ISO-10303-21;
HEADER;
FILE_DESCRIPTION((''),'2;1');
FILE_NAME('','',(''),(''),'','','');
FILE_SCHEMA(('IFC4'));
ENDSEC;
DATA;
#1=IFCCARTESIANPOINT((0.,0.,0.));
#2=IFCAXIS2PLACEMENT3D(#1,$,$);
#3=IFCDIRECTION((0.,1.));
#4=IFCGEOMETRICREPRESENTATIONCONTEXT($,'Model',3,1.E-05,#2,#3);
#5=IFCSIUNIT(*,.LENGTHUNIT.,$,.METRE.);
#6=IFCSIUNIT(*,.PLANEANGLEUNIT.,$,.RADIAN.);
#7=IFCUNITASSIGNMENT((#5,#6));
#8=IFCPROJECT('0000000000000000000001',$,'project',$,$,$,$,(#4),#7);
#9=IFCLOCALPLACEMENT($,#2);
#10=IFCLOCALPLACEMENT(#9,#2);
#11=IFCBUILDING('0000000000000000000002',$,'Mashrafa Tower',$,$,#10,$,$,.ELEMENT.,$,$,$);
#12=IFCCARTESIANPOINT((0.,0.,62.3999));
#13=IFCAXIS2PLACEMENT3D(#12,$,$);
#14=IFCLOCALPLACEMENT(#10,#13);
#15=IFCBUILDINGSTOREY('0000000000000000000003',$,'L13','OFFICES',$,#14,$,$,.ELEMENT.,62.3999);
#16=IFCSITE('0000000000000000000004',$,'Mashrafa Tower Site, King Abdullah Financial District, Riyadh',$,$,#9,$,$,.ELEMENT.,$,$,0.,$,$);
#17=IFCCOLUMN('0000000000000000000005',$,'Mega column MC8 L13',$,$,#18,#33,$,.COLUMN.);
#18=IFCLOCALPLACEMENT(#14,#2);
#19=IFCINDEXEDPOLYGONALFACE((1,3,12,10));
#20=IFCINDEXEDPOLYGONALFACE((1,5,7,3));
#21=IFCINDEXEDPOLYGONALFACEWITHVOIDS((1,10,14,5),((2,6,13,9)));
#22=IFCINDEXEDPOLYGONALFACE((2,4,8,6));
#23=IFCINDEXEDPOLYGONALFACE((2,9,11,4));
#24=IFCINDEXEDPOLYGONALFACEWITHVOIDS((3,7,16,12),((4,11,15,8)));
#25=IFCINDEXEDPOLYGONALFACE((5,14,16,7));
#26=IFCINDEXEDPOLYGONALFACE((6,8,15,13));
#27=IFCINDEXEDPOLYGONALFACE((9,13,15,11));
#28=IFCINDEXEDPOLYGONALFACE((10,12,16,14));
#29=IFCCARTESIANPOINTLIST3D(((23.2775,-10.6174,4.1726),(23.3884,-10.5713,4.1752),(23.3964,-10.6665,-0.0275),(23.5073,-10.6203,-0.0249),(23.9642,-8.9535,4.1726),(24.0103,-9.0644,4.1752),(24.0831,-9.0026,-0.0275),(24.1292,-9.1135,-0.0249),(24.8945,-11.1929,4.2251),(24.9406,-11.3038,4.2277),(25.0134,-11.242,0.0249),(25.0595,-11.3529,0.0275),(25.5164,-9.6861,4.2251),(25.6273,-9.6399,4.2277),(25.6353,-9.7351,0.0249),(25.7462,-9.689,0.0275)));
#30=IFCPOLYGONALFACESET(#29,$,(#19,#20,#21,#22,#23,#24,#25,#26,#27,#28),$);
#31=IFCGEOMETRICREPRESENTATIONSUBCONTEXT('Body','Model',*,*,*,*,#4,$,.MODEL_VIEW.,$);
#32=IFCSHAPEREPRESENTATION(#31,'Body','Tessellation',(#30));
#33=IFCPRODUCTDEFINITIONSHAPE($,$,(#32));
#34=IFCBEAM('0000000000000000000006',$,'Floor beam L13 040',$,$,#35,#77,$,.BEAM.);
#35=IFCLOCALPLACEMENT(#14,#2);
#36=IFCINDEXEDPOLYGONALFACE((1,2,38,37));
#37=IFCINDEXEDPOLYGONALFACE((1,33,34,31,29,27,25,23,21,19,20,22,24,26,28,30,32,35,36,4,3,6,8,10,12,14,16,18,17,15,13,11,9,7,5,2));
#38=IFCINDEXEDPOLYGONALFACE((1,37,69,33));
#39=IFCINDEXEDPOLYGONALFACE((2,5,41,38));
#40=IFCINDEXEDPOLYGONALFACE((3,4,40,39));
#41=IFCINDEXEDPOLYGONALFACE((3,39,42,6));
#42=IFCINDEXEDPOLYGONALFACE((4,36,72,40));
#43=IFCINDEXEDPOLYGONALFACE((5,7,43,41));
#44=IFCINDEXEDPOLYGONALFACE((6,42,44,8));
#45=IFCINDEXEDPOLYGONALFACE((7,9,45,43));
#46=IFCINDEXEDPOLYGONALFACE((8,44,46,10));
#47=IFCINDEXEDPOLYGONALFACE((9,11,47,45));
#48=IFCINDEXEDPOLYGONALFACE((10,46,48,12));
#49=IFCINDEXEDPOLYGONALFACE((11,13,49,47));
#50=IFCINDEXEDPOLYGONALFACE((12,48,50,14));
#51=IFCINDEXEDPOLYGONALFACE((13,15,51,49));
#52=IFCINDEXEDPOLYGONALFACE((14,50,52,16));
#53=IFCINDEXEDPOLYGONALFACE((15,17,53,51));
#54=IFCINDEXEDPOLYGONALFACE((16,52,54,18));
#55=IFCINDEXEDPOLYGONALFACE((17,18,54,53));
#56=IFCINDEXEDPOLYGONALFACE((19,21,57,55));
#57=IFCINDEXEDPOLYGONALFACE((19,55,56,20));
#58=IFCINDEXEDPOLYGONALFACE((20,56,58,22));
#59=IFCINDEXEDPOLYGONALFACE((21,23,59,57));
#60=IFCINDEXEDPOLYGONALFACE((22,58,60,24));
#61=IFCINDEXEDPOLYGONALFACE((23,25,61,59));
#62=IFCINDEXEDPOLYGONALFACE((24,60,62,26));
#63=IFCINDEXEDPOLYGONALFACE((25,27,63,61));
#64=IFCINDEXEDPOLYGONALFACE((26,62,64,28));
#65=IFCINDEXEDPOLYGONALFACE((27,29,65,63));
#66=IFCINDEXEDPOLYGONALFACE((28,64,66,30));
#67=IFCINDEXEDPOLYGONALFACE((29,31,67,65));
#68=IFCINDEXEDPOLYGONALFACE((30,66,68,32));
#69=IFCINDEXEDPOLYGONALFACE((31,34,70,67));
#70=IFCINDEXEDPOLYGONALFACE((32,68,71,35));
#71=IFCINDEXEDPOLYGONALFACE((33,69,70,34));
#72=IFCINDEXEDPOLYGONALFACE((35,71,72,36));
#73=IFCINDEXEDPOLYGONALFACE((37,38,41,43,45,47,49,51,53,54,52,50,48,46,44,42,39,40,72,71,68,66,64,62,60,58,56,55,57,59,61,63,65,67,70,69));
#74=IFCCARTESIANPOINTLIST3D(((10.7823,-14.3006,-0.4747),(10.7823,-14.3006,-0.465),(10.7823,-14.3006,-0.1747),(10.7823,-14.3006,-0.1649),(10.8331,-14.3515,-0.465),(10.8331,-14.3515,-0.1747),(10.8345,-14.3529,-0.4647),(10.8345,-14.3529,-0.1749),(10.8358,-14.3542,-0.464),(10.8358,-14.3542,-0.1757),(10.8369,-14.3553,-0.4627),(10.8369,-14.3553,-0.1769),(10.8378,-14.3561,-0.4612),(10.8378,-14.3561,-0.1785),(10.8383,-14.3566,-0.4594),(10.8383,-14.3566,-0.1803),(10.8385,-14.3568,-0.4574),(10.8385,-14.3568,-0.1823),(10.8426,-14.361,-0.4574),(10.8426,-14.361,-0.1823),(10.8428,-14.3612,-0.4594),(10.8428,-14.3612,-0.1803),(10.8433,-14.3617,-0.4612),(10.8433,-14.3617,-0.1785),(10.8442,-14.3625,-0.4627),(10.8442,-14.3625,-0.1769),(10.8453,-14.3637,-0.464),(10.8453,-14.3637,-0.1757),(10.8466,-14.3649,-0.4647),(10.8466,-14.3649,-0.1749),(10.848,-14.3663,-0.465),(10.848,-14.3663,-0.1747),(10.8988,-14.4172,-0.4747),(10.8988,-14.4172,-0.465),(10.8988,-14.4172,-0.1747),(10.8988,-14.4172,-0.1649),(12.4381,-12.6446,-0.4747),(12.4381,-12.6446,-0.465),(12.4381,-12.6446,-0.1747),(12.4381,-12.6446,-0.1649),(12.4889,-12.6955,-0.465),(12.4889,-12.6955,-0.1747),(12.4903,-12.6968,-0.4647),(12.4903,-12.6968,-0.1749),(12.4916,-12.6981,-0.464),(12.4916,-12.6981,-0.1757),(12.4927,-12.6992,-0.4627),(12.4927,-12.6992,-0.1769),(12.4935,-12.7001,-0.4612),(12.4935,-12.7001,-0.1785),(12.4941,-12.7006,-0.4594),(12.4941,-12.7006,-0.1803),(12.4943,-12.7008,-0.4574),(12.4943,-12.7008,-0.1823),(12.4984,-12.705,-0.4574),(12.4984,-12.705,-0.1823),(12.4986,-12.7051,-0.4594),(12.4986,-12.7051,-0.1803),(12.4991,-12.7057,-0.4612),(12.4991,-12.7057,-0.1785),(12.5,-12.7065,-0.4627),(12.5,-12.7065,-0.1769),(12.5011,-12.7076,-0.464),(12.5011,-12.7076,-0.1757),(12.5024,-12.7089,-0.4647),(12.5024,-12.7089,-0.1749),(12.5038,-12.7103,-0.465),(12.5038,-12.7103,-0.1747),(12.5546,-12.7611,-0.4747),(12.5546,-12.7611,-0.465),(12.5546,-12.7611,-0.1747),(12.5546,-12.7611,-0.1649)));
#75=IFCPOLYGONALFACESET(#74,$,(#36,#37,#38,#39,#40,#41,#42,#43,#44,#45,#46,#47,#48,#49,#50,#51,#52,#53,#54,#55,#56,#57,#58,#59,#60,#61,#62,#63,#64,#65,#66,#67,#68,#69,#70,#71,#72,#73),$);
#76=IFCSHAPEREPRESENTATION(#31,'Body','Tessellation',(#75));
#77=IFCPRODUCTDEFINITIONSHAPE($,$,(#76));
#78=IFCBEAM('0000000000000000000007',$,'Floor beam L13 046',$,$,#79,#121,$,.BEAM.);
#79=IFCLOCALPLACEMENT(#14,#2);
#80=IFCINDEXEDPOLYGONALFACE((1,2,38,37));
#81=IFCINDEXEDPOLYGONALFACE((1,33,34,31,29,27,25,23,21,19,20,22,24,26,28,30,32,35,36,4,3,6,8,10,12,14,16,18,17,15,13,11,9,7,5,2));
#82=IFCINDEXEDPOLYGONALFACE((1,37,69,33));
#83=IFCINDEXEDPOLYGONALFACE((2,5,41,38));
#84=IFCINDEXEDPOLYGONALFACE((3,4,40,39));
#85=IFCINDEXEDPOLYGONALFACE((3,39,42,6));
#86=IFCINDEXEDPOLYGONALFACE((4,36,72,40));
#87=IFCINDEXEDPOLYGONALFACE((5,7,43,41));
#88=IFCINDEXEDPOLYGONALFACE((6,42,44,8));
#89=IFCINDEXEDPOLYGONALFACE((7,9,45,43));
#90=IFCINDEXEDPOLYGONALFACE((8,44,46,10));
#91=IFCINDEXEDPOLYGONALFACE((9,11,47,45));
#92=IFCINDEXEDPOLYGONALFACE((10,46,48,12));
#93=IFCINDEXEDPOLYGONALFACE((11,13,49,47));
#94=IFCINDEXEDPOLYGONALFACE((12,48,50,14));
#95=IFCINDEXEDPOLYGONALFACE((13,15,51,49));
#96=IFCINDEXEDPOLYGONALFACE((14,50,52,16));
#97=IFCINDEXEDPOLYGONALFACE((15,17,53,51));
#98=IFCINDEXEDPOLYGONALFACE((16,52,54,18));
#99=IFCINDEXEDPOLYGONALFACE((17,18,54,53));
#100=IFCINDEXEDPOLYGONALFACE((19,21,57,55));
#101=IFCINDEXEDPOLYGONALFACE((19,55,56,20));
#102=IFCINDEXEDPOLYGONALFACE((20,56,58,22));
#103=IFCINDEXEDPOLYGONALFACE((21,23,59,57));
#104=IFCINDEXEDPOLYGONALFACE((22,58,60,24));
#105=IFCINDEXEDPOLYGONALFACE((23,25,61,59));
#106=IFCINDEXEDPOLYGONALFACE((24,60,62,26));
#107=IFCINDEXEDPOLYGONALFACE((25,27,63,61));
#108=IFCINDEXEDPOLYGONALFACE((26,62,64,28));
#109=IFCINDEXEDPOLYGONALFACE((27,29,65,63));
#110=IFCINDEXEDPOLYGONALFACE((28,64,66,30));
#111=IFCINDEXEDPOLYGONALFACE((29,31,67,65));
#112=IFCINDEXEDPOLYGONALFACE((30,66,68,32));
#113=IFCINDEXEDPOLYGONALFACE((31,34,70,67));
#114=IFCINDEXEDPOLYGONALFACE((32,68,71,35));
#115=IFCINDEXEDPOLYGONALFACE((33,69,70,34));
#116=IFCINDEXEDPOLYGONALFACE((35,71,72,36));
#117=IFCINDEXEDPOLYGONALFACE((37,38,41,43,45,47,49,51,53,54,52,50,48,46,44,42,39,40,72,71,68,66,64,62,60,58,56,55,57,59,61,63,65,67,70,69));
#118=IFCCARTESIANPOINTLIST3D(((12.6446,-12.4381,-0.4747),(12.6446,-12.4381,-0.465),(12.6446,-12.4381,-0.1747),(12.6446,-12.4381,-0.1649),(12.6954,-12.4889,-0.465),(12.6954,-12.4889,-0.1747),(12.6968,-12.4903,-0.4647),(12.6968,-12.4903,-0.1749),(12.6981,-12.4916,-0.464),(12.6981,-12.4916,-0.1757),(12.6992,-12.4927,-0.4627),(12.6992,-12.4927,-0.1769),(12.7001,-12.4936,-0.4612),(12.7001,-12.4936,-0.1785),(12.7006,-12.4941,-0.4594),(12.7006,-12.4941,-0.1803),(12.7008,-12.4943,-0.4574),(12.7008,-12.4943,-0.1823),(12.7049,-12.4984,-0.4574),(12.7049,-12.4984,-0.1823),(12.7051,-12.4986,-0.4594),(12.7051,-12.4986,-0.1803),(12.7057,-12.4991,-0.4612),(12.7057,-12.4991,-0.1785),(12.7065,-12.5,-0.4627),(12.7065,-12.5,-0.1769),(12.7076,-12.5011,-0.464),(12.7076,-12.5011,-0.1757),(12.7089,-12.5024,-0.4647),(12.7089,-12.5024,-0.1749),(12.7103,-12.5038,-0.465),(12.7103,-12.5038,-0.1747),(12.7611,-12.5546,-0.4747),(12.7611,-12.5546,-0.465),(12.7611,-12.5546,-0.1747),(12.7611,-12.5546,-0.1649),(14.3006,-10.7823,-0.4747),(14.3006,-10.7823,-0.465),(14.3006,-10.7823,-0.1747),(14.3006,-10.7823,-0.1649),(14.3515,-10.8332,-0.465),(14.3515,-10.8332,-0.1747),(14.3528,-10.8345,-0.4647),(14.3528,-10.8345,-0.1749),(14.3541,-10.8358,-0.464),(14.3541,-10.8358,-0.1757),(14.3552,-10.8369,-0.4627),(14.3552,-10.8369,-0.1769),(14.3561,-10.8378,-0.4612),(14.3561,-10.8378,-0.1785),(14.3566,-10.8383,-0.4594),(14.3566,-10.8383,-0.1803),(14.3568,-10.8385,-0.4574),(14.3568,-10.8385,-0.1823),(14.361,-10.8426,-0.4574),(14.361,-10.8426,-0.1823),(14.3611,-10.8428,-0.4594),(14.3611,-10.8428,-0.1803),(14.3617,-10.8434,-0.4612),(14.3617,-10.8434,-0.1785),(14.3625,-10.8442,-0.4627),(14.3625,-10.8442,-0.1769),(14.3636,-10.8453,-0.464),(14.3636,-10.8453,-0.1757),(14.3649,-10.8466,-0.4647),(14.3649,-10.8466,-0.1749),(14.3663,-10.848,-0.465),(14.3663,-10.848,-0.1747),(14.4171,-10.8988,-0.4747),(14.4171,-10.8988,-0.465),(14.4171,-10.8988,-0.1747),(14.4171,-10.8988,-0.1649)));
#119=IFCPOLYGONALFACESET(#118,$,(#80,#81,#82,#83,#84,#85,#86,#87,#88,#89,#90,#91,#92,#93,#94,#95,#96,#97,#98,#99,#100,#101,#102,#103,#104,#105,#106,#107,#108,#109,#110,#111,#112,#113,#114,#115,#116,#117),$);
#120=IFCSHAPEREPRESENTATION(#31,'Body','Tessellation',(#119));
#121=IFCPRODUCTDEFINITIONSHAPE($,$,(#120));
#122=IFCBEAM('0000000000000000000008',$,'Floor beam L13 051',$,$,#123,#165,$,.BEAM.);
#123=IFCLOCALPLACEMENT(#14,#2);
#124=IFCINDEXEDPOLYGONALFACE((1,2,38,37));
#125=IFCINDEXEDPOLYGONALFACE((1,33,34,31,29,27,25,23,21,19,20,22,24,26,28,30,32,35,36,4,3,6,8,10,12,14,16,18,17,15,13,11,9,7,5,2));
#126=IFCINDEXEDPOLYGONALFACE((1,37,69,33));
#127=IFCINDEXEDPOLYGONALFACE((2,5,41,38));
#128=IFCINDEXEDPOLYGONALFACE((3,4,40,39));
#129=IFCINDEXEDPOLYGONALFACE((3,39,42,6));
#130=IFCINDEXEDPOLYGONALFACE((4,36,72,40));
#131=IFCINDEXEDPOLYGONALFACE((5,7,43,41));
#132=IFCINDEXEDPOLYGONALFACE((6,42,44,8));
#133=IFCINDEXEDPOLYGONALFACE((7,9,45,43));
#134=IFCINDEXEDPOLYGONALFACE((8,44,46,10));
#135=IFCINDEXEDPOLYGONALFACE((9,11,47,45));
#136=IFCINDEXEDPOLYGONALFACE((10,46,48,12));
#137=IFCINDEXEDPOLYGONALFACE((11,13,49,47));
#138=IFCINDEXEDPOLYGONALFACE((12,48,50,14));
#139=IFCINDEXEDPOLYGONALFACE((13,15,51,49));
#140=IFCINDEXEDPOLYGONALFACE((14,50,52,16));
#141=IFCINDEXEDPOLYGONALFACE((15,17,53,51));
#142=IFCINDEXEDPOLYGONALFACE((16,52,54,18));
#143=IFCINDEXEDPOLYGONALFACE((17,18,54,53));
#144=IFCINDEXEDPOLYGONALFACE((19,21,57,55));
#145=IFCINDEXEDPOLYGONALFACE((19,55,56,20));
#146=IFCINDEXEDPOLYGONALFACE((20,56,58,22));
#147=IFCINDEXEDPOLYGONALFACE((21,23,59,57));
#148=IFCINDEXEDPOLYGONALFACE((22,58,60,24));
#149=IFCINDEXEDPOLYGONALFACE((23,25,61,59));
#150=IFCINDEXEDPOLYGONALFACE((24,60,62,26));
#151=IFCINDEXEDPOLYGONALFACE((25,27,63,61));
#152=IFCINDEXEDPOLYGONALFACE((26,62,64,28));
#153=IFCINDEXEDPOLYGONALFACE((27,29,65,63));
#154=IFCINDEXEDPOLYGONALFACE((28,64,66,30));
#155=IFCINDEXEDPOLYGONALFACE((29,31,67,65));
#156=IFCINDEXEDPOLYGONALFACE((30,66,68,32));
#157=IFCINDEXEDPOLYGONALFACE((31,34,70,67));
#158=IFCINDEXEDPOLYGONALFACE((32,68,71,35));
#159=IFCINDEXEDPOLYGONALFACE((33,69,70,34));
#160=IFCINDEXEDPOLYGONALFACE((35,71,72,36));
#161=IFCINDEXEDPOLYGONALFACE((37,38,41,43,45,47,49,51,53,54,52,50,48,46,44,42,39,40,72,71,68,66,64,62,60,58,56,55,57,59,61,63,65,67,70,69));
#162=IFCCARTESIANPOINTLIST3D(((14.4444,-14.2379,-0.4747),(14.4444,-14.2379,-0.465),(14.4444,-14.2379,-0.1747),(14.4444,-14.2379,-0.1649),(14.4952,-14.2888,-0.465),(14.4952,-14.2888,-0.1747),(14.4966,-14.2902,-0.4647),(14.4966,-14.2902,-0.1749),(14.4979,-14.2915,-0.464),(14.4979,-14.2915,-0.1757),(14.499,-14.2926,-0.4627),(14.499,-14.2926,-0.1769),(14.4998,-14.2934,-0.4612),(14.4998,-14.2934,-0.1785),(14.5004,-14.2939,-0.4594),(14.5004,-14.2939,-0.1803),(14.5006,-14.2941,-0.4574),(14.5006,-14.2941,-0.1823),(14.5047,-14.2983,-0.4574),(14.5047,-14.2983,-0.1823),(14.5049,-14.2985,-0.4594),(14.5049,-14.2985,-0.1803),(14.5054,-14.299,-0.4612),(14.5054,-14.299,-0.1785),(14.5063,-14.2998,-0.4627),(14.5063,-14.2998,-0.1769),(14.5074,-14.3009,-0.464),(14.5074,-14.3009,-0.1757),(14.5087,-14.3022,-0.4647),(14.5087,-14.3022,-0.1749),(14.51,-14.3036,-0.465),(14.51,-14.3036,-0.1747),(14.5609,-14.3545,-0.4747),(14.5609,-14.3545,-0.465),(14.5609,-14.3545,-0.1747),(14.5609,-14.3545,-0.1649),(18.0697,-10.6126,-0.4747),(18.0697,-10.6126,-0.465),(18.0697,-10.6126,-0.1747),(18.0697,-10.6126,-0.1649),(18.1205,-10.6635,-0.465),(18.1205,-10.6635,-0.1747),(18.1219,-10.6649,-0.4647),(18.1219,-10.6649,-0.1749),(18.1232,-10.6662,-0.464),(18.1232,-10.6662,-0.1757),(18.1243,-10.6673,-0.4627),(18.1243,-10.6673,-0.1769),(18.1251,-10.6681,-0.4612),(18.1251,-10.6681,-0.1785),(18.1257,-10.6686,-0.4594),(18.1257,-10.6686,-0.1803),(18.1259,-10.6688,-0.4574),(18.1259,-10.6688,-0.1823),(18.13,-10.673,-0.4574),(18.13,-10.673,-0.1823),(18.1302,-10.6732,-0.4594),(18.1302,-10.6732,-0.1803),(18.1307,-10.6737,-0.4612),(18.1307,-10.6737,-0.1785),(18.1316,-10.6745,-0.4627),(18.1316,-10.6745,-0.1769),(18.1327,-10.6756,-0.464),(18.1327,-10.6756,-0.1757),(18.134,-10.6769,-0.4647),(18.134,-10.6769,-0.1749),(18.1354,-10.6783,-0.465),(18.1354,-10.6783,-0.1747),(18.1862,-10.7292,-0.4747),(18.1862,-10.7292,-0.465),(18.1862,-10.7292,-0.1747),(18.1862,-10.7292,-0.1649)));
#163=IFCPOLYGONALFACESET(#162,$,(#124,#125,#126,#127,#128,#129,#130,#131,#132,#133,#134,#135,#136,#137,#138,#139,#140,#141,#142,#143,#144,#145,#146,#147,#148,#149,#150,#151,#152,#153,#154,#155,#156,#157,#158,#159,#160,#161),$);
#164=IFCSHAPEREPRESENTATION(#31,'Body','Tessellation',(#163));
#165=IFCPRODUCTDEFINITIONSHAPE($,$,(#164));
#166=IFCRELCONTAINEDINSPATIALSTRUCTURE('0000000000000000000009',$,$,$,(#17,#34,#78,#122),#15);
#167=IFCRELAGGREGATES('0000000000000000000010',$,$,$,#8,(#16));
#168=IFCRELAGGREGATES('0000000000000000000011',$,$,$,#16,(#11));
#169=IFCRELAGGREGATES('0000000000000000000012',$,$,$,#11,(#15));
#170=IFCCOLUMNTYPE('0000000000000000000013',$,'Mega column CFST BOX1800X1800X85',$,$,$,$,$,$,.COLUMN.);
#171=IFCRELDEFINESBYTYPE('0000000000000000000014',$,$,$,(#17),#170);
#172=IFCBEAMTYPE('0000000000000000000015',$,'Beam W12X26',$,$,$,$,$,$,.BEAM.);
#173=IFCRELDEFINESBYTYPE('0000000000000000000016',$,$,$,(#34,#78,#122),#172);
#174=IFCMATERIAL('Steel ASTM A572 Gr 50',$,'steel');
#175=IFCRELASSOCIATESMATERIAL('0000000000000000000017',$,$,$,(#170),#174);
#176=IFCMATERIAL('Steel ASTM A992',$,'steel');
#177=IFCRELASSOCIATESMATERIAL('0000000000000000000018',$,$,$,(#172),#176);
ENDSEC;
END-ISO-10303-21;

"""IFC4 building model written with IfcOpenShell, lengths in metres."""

from ifc_helpers import new_model, si_unit, direction, frame, origin, origin_2d, place, context, subcontext, project, spatial, hollow_rectangle, i_section, extrude, material, material_profile, profile_set, type_object, element, save


model = new_model("IFC4")

# Units and contexts
model_context = context("Model", 3, precision=1e-05, world=origin(), true_north=direction((0.0, 1.0)))
body_context = subcontext(model_context, "Body", "Model", "MODEL_VIEW")
ifc_project = project(units=[si_unit("LENGTHUNIT", "METRE"), si_unit("PLANEANGLEUNIT", "RADIAN")], contexts=[model_context])

# Site, building, storey
site_placement = place(None, origin())
site = spatial("IfcSite", under=ifc_project, at=site_placement, Name="Mashrafa Tower Site, King Abdullah Financial District, Riyadh", CompositionType="ELEMENT", RefElevation=0.0)
building_placement = place(site_placement, origin())
building = spatial("IfcBuilding", under=site, at=building_placement, Name="Mashrafa Tower", CompositionType="ELEMENT")
storey_placement = place(building_placement, frame((0.0, 0.0, 62.3999)))
storey = spatial("IfcBuildingStorey", under=building, at=storey_placement, Name="L13", Description="OFFICES", CompositionType="ELEMENT", Elevation=62.3999)

# Column
ifc_material_1 = material(Name="Steel ASTM A572 Gr 50", Category="steel")
ifc_material_profile_1 = material_profile(ifc_material_1, hollow_rectangle(XDim=1.8, YDim=1.8, WallThickness=0.085, at=origin_2d()), Name="BOX1800X1800X85")
ifc_profile_set_1 = profile_set([ifc_material_profile_1], Name="Steel ASTM A572 Gr 50")
column_type = type_object("IfcColumnType", Name="Mega column CFST BOX1800X1800X85", PredefinedType="COLUMN", material=ifc_profile_set_1)
column_placement = place(storey_placement, frame((24.5713, -10.1777, 0.0), z_axis=(-0.028294, 0.011678, 0.999531), x_axis=(-0.381513, -0.924363, 0.0)))
element("IfcColumn", 1, at=column_placement, inside=storey, type_object=column_type, Name="Mega column MC8 L13", PredefinedType="COLUMN", context=body_context, shape_type="SweptSolid", body=[
    extrude(hollow_rectangle(XDim=1.8, YDim=1.8, WallThickness=0.085, at=origin_2d()), origin(), (0.0, 0.0, 1.0), 4.2021),
])

# Beams
ifc_material_2 = material(Name="Steel ASTM A992", Category="steel")
ifc_material_profile_2 = material_profile(ifc_material_2, i_section(OverallWidth=0.1648, OverallDepth=0.3098, WebThickness=0.0059, FlangeThickness=0.0098, FilletRadius=0.0076, at=origin_2d()), Name="W12X26")
ifc_profile_set_2 = profile_set([ifc_material_profile_2], Name="Steel ASTM A992")
beam_type_1 = type_object("IfcBeamType", Name="Beam W12X26", PredefinedType="BEAM", material=ifc_profile_set_2)
for number, where, z_axis, x_axis, name in (
    (2, (12.4963, -12.7029, -0.3198), (-0.707055, -0.707159, 0.0), (0.707159, -0.707055, 0.0), "Floor beam L13 040"),
    (3, (14.3589, -10.8406, -0.3198), (-0.707159, -0.707055, 0.0), (0.707055, -0.707159, 0.0), "Floor beam L13 046"),
):
    element("IfcBeam", number, at=place(storey_placement, frame(where, z_axis=z_axis, x_axis=x_axis)), inside=storey, type_object=beam_type_1, Name=name, PredefinedType="BEAM", context=body_context, shape_type="SweptSolid", body=[
        extrude(i_section(OverallWidth=0.1648, OverallDepth=0.3098, WebThickness=0.0059, FlangeThickness=0.0098, FilletRadius=0.0076, at=origin_2d()), origin(), (0.0, 0.0, 1.0), 2.3418),
    ])
beam_1_placement = place(storey_placement, frame((18.1279, -10.6709, -0.3198), z_axis=(-0.707107, -0.707107, 0.0), x_axis=(0.707107, -0.707107, 0.0)))
element("IfcBeam", 4, at=beam_1_placement, inside=storey, type_object=beam_type_1, Name="Floor beam L13 051", PredefinedType="BEAM", context=body_context, shape_type="SweptSolid", body=[
    extrude(i_section(OverallWidth=0.1648, OverallDepth=0.3098, WebThickness=0.0059, FlangeThickness=0.0098, FilletRadius=0.0076, at=origin_2d()), origin(), (0.0, 0.0, 1.0), 5.127),
])

save(model, "model.ifc")
